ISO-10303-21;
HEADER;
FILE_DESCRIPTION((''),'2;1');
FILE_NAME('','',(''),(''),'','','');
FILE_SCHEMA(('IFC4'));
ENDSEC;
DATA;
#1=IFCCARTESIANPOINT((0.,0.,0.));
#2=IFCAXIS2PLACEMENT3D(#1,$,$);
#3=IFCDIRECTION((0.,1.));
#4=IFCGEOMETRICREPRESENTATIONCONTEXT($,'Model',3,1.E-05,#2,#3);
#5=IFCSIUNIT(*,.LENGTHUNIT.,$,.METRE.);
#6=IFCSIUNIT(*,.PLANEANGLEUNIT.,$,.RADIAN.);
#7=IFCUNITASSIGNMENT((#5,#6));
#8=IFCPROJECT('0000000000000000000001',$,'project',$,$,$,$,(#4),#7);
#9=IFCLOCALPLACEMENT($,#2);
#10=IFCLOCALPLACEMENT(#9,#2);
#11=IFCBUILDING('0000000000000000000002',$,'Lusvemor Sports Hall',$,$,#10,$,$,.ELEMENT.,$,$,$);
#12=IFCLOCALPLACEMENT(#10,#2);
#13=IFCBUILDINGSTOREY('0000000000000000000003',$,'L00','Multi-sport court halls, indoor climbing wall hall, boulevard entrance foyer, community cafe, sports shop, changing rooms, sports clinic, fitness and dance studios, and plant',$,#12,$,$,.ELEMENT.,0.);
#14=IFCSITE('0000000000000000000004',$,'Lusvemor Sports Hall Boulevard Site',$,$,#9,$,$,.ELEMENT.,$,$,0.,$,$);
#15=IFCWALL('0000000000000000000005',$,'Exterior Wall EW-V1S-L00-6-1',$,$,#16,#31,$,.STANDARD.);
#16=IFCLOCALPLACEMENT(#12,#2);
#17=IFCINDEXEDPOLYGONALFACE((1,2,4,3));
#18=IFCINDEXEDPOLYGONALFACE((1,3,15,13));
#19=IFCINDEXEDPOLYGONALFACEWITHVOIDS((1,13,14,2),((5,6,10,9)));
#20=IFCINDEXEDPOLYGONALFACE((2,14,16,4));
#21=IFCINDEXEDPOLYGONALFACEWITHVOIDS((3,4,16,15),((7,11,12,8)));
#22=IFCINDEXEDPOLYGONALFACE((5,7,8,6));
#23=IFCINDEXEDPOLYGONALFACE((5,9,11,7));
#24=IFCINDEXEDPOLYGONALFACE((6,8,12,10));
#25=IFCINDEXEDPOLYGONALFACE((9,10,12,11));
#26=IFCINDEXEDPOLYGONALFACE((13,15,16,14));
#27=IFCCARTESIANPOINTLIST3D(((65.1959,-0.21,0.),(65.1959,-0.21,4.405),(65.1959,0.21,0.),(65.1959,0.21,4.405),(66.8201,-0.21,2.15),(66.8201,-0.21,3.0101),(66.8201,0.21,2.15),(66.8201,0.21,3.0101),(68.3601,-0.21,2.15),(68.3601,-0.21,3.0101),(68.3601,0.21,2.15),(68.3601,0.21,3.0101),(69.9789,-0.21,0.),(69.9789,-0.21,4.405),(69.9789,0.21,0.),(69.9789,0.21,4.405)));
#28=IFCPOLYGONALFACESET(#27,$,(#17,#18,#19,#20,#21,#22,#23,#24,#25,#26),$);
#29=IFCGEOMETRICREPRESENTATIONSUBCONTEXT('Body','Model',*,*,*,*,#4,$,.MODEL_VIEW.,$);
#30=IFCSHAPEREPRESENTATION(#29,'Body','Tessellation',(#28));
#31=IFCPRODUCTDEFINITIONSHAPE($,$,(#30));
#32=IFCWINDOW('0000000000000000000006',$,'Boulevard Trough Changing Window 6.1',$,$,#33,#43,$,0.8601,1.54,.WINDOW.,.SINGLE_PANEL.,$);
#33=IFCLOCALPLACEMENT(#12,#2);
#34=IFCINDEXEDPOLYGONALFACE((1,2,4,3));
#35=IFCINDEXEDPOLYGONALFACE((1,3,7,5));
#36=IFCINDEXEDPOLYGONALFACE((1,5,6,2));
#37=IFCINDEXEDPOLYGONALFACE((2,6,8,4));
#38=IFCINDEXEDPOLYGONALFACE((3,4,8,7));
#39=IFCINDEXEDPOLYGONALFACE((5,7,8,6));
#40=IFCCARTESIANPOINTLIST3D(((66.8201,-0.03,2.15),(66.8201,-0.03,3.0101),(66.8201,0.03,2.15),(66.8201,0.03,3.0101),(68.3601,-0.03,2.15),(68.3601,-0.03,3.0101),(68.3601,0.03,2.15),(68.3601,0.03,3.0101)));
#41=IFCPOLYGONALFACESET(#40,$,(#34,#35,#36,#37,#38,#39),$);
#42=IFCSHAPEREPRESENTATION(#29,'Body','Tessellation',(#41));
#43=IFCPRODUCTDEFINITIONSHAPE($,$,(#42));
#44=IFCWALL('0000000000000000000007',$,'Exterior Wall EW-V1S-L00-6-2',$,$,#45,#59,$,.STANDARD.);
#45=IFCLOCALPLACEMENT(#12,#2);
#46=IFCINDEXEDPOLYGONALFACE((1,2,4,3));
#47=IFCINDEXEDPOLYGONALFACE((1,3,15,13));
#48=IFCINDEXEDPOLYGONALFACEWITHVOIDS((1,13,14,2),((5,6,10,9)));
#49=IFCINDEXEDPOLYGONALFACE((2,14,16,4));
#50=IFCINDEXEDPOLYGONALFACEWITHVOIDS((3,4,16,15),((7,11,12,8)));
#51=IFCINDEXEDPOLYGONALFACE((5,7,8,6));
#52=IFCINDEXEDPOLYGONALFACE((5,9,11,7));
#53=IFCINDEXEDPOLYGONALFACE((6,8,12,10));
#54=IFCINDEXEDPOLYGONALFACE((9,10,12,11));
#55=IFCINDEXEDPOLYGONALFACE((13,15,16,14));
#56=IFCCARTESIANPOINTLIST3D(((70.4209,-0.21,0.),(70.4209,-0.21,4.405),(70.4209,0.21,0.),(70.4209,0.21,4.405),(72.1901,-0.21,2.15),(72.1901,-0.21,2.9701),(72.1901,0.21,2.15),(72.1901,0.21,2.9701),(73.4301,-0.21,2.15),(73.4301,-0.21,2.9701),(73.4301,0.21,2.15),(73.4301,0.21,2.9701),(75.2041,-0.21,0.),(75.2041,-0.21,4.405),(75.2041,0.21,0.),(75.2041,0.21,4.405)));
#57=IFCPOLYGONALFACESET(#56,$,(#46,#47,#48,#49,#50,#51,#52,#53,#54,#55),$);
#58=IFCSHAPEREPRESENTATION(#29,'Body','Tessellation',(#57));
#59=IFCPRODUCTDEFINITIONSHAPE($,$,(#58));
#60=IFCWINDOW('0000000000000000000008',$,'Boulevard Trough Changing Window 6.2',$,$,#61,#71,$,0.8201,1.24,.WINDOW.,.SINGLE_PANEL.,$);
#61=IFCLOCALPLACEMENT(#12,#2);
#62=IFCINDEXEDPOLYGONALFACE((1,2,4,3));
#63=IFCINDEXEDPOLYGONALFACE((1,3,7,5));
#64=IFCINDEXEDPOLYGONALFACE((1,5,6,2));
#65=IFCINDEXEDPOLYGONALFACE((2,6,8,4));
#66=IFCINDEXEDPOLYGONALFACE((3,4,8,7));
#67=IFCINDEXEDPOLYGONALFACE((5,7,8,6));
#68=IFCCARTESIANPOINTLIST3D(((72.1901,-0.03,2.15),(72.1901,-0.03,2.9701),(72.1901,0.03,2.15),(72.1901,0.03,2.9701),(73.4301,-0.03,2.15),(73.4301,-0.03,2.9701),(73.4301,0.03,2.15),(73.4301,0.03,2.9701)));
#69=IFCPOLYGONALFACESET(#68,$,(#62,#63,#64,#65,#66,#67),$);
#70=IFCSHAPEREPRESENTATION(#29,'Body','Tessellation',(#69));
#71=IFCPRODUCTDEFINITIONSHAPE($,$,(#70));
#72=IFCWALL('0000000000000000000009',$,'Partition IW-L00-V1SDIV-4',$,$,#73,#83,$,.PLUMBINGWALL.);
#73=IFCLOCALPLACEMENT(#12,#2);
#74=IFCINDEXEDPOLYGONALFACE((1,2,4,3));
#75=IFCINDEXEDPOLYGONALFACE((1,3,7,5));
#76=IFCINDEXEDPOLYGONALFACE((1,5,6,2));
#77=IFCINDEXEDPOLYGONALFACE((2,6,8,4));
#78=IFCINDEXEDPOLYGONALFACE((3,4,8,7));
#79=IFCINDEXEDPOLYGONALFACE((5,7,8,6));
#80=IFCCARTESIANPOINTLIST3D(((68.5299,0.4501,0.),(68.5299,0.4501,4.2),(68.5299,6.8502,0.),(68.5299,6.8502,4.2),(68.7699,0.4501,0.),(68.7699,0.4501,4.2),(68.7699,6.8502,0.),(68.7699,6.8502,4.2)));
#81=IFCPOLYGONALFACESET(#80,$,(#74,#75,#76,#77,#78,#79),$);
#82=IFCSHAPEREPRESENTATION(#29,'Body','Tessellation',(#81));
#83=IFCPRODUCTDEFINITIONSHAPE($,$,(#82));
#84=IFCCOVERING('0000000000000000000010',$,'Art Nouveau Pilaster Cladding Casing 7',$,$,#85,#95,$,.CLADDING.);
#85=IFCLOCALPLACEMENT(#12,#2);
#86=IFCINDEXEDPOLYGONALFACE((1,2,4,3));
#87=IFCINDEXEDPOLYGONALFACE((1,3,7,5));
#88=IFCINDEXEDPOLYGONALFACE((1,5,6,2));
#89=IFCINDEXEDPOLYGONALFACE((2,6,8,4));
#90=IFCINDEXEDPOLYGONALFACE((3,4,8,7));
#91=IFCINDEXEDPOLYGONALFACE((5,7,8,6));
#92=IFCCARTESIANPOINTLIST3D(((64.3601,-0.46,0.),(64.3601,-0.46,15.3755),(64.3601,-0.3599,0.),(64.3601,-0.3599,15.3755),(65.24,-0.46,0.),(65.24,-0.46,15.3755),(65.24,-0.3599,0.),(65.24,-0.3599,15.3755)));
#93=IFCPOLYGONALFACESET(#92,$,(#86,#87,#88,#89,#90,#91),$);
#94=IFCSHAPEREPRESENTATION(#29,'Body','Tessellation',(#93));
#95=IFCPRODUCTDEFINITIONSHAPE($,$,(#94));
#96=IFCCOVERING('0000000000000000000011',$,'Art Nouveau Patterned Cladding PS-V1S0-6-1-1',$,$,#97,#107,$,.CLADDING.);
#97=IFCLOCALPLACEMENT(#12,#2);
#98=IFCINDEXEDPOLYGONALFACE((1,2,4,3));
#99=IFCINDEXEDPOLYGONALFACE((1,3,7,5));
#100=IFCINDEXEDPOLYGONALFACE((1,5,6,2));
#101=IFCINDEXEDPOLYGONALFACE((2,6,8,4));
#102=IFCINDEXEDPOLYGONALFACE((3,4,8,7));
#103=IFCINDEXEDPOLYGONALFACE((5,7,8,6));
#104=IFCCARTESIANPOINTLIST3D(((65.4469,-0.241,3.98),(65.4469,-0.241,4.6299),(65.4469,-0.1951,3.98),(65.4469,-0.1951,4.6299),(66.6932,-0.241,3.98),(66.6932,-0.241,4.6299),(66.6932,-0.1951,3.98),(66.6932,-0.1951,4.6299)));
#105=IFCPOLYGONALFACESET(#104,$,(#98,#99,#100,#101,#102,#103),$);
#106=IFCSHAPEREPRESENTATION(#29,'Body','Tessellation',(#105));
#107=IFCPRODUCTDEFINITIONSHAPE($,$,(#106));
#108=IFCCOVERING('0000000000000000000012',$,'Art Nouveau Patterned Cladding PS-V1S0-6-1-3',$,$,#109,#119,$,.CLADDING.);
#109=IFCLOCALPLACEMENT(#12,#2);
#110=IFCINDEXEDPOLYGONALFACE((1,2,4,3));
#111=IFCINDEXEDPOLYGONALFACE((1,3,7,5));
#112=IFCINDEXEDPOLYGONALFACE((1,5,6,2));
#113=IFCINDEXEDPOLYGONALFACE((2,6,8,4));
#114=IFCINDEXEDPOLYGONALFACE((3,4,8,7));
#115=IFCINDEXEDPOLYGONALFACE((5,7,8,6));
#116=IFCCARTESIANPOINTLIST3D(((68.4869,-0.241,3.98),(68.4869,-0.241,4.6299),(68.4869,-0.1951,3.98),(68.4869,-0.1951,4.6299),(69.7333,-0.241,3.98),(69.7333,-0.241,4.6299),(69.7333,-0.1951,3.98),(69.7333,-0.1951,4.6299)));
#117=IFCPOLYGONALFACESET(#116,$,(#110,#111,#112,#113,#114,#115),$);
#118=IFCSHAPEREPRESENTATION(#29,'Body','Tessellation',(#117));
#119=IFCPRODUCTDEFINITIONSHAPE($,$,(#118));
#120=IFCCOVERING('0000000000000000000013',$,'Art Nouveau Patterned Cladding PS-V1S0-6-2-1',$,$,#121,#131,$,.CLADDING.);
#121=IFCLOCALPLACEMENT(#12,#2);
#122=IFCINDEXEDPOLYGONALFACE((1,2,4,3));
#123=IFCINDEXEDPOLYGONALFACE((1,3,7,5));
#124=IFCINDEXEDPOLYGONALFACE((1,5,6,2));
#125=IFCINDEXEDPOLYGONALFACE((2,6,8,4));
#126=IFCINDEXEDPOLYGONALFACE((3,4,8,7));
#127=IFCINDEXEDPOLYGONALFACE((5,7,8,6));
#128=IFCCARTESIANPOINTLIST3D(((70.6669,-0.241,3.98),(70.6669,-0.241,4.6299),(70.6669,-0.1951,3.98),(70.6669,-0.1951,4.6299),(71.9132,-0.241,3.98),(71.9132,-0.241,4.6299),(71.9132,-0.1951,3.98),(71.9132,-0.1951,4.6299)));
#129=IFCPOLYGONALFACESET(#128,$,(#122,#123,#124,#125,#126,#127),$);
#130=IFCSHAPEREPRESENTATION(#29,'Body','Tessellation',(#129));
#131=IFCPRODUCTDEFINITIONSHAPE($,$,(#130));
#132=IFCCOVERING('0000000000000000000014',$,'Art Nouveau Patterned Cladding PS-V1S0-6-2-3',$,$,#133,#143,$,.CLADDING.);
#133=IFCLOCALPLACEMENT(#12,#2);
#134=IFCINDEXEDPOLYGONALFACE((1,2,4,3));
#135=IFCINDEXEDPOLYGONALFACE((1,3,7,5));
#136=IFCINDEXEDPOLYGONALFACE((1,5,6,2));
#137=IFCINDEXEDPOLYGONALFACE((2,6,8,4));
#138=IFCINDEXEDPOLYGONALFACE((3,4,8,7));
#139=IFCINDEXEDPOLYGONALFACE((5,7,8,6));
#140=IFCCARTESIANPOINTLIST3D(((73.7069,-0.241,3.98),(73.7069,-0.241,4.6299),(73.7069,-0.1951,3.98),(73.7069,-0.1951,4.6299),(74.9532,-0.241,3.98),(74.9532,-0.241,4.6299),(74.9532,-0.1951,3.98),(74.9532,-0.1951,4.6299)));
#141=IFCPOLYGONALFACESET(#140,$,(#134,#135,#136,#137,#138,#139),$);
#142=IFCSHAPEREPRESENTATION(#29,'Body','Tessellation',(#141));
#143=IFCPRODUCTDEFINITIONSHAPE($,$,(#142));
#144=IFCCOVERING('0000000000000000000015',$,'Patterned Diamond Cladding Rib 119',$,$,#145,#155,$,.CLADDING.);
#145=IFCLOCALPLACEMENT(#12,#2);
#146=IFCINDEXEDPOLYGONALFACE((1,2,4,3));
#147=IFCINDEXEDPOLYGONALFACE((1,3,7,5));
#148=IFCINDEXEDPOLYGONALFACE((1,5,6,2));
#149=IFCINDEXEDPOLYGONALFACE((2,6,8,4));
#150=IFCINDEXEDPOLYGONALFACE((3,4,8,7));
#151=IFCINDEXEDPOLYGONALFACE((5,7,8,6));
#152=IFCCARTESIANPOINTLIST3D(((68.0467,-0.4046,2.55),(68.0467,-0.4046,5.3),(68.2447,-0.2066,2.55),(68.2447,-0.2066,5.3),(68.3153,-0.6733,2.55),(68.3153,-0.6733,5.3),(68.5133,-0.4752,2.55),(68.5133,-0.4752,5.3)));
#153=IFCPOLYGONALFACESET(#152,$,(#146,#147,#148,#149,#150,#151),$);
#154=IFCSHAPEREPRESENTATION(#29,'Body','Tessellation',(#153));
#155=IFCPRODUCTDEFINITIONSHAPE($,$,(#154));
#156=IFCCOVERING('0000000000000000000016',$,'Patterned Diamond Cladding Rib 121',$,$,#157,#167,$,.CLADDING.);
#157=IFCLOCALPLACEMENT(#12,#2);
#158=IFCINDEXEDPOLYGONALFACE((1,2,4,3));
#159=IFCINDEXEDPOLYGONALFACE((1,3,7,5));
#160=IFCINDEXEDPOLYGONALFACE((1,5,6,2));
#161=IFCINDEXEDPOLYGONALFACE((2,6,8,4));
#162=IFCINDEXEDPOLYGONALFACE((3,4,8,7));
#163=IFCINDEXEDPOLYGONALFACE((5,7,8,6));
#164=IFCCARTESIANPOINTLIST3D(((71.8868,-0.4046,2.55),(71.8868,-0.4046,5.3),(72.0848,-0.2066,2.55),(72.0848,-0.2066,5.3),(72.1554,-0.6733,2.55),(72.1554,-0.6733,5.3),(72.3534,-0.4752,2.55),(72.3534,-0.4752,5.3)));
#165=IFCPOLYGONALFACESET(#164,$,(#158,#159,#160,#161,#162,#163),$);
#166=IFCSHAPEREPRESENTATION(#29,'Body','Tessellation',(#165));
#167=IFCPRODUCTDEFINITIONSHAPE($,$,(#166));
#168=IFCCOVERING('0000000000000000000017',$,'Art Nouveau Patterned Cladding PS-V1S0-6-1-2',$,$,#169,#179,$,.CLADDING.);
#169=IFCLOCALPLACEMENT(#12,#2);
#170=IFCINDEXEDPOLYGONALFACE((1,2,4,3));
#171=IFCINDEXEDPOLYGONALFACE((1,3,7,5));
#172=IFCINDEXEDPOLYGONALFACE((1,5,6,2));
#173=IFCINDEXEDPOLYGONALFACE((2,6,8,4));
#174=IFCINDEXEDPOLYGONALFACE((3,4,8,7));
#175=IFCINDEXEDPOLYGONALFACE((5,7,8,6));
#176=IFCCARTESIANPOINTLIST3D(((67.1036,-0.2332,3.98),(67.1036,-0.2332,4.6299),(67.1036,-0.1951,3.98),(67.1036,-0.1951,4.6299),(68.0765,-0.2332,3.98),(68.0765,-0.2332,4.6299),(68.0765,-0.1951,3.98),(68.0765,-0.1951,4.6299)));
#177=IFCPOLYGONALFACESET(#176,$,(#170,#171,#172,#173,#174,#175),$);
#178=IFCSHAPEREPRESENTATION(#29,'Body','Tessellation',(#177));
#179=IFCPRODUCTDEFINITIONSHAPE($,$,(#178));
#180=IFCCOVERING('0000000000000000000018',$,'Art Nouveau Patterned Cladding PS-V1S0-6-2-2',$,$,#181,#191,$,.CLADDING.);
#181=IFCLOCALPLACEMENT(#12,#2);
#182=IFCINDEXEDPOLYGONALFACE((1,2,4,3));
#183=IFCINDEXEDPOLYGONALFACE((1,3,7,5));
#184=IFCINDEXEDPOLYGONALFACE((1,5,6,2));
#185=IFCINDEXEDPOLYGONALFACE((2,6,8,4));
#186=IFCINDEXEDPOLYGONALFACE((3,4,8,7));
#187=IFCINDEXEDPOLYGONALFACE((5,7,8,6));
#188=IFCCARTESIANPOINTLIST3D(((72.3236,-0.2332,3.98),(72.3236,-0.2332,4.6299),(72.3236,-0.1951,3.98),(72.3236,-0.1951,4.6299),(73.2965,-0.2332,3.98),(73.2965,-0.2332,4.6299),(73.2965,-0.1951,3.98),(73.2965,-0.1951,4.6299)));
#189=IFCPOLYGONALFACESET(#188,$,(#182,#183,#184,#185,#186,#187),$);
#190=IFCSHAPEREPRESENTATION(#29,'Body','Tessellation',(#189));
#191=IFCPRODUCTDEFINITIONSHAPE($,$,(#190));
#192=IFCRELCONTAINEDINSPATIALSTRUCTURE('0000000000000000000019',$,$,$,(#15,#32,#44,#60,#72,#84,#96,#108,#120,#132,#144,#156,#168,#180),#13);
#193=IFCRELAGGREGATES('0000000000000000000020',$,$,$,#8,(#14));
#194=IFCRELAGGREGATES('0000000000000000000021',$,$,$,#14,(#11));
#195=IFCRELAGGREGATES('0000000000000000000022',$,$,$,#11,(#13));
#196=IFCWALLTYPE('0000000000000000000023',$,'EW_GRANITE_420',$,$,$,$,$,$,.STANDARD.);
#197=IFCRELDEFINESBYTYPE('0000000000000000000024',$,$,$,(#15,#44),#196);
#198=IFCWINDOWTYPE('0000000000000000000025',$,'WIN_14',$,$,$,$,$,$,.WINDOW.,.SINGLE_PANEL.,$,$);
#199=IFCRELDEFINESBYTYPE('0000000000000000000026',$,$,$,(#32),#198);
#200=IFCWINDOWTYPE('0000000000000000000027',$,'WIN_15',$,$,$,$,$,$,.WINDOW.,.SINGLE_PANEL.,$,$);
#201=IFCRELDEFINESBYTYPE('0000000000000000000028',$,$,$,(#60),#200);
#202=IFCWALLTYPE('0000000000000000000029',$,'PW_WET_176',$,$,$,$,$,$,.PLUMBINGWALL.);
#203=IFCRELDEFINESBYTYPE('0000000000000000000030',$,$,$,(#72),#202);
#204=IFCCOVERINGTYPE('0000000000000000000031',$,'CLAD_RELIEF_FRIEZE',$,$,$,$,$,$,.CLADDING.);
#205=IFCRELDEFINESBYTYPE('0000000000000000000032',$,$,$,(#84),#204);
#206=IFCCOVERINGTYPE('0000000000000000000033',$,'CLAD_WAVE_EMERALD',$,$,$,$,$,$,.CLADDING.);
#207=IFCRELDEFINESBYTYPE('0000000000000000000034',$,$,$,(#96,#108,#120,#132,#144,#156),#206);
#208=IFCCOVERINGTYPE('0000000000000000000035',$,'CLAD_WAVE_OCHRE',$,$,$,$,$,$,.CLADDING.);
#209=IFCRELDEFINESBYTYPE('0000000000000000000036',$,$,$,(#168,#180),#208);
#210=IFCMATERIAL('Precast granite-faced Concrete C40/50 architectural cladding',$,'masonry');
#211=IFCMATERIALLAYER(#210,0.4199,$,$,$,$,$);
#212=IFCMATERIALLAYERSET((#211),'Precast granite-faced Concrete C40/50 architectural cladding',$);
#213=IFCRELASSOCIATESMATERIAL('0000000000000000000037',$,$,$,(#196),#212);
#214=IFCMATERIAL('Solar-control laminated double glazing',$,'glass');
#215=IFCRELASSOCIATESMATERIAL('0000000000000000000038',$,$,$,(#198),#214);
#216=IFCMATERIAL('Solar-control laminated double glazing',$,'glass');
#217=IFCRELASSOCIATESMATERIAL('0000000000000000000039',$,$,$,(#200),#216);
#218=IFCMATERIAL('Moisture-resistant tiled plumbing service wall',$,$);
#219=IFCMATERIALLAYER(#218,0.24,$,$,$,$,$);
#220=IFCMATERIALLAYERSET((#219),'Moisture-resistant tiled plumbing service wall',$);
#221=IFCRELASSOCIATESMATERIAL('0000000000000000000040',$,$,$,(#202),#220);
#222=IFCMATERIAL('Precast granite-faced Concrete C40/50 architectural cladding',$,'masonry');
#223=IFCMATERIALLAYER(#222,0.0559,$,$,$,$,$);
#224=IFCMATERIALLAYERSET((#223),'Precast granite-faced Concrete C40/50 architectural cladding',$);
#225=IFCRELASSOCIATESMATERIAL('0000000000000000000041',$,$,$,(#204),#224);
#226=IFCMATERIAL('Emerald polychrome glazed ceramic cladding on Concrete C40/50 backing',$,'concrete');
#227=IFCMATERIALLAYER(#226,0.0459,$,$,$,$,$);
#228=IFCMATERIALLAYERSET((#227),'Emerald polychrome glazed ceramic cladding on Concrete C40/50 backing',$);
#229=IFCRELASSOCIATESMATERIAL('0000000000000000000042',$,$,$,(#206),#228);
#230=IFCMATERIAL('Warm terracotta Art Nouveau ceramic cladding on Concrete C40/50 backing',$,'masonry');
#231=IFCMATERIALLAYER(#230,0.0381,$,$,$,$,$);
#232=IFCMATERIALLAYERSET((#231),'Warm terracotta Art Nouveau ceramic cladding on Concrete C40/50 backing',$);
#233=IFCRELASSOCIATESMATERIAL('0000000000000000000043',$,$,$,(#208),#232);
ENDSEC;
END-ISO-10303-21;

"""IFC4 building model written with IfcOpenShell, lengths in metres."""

from ifc_helpers import new_model, si_unit, direction, frame, frame_2d, origin, origin_2d, place, context, subcontext, project, spatial, rectangle, extrude, material, layer, layer_set, type_object, element, fill, save


model = new_model("IFC4")

# Units and contexts
model_context = context("Model", 3, precision=1e-05, world=origin(), true_north=direction((0.0, 1.0)))
body_context = subcontext(model_context, "Body", "Model", "MODEL_VIEW")
ifc_project = project(units=[si_unit("LENGTHUNIT", "METRE"), si_unit("PLANEANGLEUNIT", "RADIAN")], contexts=[model_context])

# Site, building, storey
site_placement = place(None, origin())
site = spatial("IfcSite", under=ifc_project, at=site_placement, Name="Lusvemor Sports Hall Boulevard Site", CompositionType="ELEMENT", RefElevation=0.0)
building_placement = place(site_placement, origin())
building = spatial("IfcBuilding", under=site, at=building_placement, Name="Lusvemor Sports Hall", CompositionType="ELEMENT")
storey_placement = place(building_placement, origin())
storey = spatial("IfcBuildingStorey", under=building, at=storey_placement, Name="L00", Description="Multi-sport court halls, indoor climbing wall hall, boulevard entrance foyer, community cafe, sports shop, changing rooms, sports clinic, fitness and dance studios, and plant", CompositionType="ELEMENT", Elevation=0.0)

# Walls, openings, windows
ifc_material_1 = material(Name="Precast granite-faced Concrete C40/50 architectural cladding", Category="masonry")
ifc_layer_1 = layer(ifc_material_1, 0.4199)
ifc_layer_set_1 = layer_set([ifc_layer_1], Name="Precast granite-faced Concrete C40/50 architectural cladding")
wall_type_1 = type_object("IfcWallType", Name="EW_GRANITE_420", PredefinedType="STANDARD", material=ifc_layer_set_1)
ifc_material_2 = material(Name="Solar-control laminated double glazing", Category="glass")
window_type_1 = type_object("IfcWindowType", Name="WIN_14", PartitioningType="SINGLE_PANEL", PredefinedType="WINDOW", material=ifc_material_2)
wall_1_placement = place(storey_placement, frame((69.979, 0.0, 0.0), z_axis=(0.0, 0.0, 1.0), x_axis=(-1.0, 0.0, 0.0)))
wall_1 = element("IfcWall", 1, at=wall_1_placement, inside=storey, type_object=wall_type_1, Name="Exterior Wall EW-V1S-L00-6-1", PredefinedType="STANDARD", context=body_context, shape_type="SweptSolid", body=[
    extrude(rectangle(XDim=4.783, YDim=0.4199, at=frame_2d((2.3916, 0.0))), origin(), (0.0, 0.0, 1.0), 4.405),
])
opening_1_placement = place(wall_1_placement, frame((1.6189, 0.0, 2.1499)))
opening_1 = element("IfcOpeningElement", 2, at=opening_1_placement, cuts=wall_1, PredefinedType="OPENING", context=body_context, shape_type="SweptSolid", body=[
    extrude(rectangle(XDim=1.54, YDim=0.8601, at=frame_2d((0.77, 0.4302))), frame((0.0, 0.21, 0.0), z_axis=(0.0, -1.0, 0.0), x_axis=(1.0, 0.0, 0.0)), (0.0, 0.0, 1.0), 0.4199),
])
window_1_placement = place(opening_1_placement, origin())
window_1 = element("IfcWindow", 3, at=window_1_placement, inside=storey, type_object=window_type_1, Name="Boulevard Trough Changing Window 6.1", OverallHeight=0.8601, OverallWidth=1.54, PartitioningType="SINGLE_PANEL", PredefinedType="WINDOW", context=body_context, shape_type="SweptSolid", body=[
    extrude(rectangle(XDim=1.54, YDim=0.8601, at=frame_2d((0.77, 0.4302))), frame((0.0, 0.03, 0.0), z_axis=(0.0, -1.0, 0.0), x_axis=(1.0, 0.0, 0.0)), (0.0, 0.0, 1.0), 0.0601),
])
fill(opening_1, window_1)
wall_2_placement = place(storey_placement, frame((75.2041, 0.0, 0.0), z_axis=(0.0, 0.0, 1.0), x_axis=(-1.0, 0.0, 0.0)))
wall_2 = element("IfcWall", 4, at=wall_2_placement, inside=storey, type_object=wall_type_1, Name="Exterior Wall EW-V1S-L00-6-2", PredefinedType="STANDARD", context=body_context, shape_type="SweptSolid", body=[
    extrude(rectangle(XDim=4.7832, YDim=0.4199, at=frame_2d((2.3916, 0.0))), origin(), (0.0, 0.0, 1.0), 4.405),
])
opening_2_placement = place(wall_2_placement, frame((1.7739, 0.0, 2.1499)))
opening_2 = element("IfcOpeningElement", 5, at=opening_2_placement, cuts=wall_2, PredefinedType="OPENING", context=body_context, shape_type="SweptSolid", body=[
    extrude(rectangle(XDim=1.24, YDim=0.8201, at=frame_2d((0.6201, 0.4102))), frame((0.0, 0.21, 0.0), z_axis=(0.0, -1.0, 0.0), x_axis=(1.0, 0.0, 0.0)), (0.0, 0.0, 1.0), 0.4199),
])
ifc_material_3 = material(Name="Solar-control laminated double glazing", Category="glass")
window_type_2 = type_object("IfcWindowType", Name="WIN_15", PartitioningType="SINGLE_PANEL", PredefinedType="WINDOW", material=ifc_material_3)
window_2_placement = place(opening_2_placement, origin())
window_2 = element("IfcWindow", 6, at=window_2_placement, inside=storey, type_object=window_type_2, Name="Boulevard Trough Changing Window 6.2", OverallHeight=0.8201, OverallWidth=1.24, PartitioningType="SINGLE_PANEL", PredefinedType="WINDOW", context=body_context, shape_type="SweptSolid", body=[
    extrude(rectangle(XDim=1.24, YDim=0.8201, at=frame_2d((0.6201, 0.4102))), frame((0.0, 0.03, 0.0), z_axis=(0.0, -1.0, 0.0), x_axis=(1.0, 0.0, 0.0)), (0.0, 0.0, 1.0), 0.0601),
])
fill(opening_2, window_2)

# Wall
ifc_material_4 = material(Name="Moisture-resistant tiled plumbing service wall")
ifc_layer_2 = layer(ifc_material_4, 0.24)
ifc_layer_set_2 = layer_set([ifc_layer_2], Name="Moisture-resistant tiled plumbing service wall")
wall_type_2 = type_object("IfcWallType", Name="PW_WET_176", PredefinedType="PLUMBINGWALL", material=ifc_layer_set_2)
wall_3_placement = place(storey_placement, frame((68.6499, 0.45, 0.0), z_axis=(0.0, 0.0, 1.0), x_axis=(0.0, 1.0, 0.0)))
element("IfcWall", 7, at=wall_3_placement, inside=storey, type_object=wall_type_2, Name="Partition IW-L00-V1SDIV-4", PredefinedType="PLUMBINGWALL", context=body_context, shape_type="SweptSolid", body=[
    extrude(rectangle(XDim=6.4001, YDim=0.24, at=frame_2d((3.2002, 0.0))), origin(), (0.0, 0.0, 1.0), 4.2),
])

# Coverings
ifc_material_5 = material(Name="Precast granite-faced Concrete C40/50 architectural cladding", Category="masonry")
ifc_layer_3 = layer(ifc_material_5, 0.0559)
ifc_layer_set_3 = layer_set([ifc_layer_3], Name="Precast granite-faced Concrete C40/50 architectural cladding")
covering_type_1 = type_object("IfcCoveringType", Name="CLAD_RELIEF_FRIEZE", PredefinedType="CLADDING", material=ifc_layer_set_3)
covering_1_placement = place(storey_placement, frame((64.8, -0.4099, 0.0), z_axis=(0.0, 0.0, 1.0), x_axis=(1.0, 0.0, 0.0)))
element("IfcCovering", 8, at=covering_1_placement, inside=storey, type_object=covering_type_1, Name="Art Nouveau Pilaster Cladding Casing 7", PredefinedType="CLADDING", context=body_context, shape_type="SweptSolid", body=[
    extrude(rectangle(XDim=0.8799, YDim=0.1001, at=origin_2d()), origin(), (0.0, 0.0, 1.0), 15.3755),
])
ifc_material_6 = material(Name="Emerald polychrome glazed ceramic cladding on Concrete C40/50 backing", Category="concrete")
ifc_layer_4 = layer(ifc_material_6, 0.0459)
ifc_layer_set_4 = layer_set([ifc_layer_4], Name="Emerald polychrome glazed ceramic cladding on Concrete C40/50 backing")
covering_type_2 = type_object("IfcCoveringType", Name="CLAD_WAVE_EMERALD", PredefinedType="CLADDING", material=ifc_layer_set_4)
for number, where, z_axis, x_axis, name in (
    (9, (66.0701, -0.218, 3.98), (0.0, 0.0, 1.0), (1.0, 0.0, 0.0), "Art Nouveau Patterned Cladding PS-V1S0-6-1-1"),
    (10, (69.1101, -0.218, 3.98), (0.0, 0.0, 1.0), (1.0, 0.0, 0.0), "Art Nouveau Patterned Cladding PS-V1S0-6-1-3"),
    (11, (71.29, -0.218, 3.98), (0.0, 0.0, 1.0), (1.0, 0.0, 0.0), "Art Nouveau Patterned Cladding PS-V1S0-6-2-1"),
    (12, (74.3301, -0.218, 3.98), (0.0, 0.0, 1.0), (1.0, 0.0, 0.0), "Art Nouveau Patterned Cladding PS-V1S0-6-2-3"),
):
    element("IfcCovering", number, at=place(storey_placement, frame(where, z_axis=z_axis, x_axis=x_axis)), inside=storey, type_object=covering_type_2, Name=name, PredefinedType="CLADDING", context=body_context, shape_type="SweptSolid", body=[
        extrude(rectangle(XDim=1.2463, YDim=0.0459, at=origin_2d()), origin(), (0.0, 0.0, 1.0), 0.6499),
    ])
for number, where, z_axis, x_axis, name in (
    (13, (68.28, -0.4399, 2.55), (0.0, 0.0, 1.0), (0.707107, 0.707107, 0.0), "Patterned Diamond Cladding Rib 119"),
    (14, (72.1201, -0.4399, 2.55), (0.0, 0.0, 1.0), (0.707107, 0.707107, 0.0), "Patterned Diamond Cladding Rib 121"),
):
    element("IfcCovering", number, at=place(storey_placement, frame(where, z_axis=z_axis, x_axis=x_axis)), inside=storey, type_object=covering_type_2, Name=name, PredefinedType="CLADDING", context=body_context, shape_type="SweptSolid", body=[
        extrude(rectangle(XDim=0.28, YDim=0.3799, at=origin_2d()), origin(), (0.0, 0.0, 1.0), 2.75),
    ])
ifc_material_7 = material(Name="Warm terracotta Art Nouveau ceramic cladding on Concrete C40/50 backing", Category="masonry")
ifc_layer_5 = layer(ifc_material_7, 0.0381)
ifc_layer_set_5 = layer_set([ifc_layer_5], Name="Warm terracotta Art Nouveau ceramic cladding on Concrete C40/50 backing")
covering_type_3 = type_object("IfcCoveringType", Name="CLAD_WAVE_OCHRE", PredefinedType="CLADDING", material=ifc_layer_set_5)
for number, where, z_axis, x_axis, name in (
    (15, (67.5901, -0.2141, 3.98), (0.0, 0.0, 1.0), (1.0, 0.0, 0.0), "Art Nouveau Patterned Cladding PS-V1S0-6-1-2"),
    (16, (72.8101, -0.2141, 3.98), (0.0, 0.0, 1.0), (1.0, 0.0, 0.0), "Art Nouveau Patterned Cladding PS-V1S0-6-2-2"),
):
    element("IfcCovering", number, at=place(storey_placement, frame(where, z_axis=z_axis, x_axis=x_axis)), inside=storey, type_object=covering_type_3, Name=name, PredefinedType="CLADDING", context=body_context, shape_type="SweptSolid", body=[
        extrude(rectangle(XDim=0.9729, YDim=0.0381, at=origin_2d()), origin(), (0.0, 0.0, 1.0), 0.6499),
    ])

save(model, "model.ifc")
